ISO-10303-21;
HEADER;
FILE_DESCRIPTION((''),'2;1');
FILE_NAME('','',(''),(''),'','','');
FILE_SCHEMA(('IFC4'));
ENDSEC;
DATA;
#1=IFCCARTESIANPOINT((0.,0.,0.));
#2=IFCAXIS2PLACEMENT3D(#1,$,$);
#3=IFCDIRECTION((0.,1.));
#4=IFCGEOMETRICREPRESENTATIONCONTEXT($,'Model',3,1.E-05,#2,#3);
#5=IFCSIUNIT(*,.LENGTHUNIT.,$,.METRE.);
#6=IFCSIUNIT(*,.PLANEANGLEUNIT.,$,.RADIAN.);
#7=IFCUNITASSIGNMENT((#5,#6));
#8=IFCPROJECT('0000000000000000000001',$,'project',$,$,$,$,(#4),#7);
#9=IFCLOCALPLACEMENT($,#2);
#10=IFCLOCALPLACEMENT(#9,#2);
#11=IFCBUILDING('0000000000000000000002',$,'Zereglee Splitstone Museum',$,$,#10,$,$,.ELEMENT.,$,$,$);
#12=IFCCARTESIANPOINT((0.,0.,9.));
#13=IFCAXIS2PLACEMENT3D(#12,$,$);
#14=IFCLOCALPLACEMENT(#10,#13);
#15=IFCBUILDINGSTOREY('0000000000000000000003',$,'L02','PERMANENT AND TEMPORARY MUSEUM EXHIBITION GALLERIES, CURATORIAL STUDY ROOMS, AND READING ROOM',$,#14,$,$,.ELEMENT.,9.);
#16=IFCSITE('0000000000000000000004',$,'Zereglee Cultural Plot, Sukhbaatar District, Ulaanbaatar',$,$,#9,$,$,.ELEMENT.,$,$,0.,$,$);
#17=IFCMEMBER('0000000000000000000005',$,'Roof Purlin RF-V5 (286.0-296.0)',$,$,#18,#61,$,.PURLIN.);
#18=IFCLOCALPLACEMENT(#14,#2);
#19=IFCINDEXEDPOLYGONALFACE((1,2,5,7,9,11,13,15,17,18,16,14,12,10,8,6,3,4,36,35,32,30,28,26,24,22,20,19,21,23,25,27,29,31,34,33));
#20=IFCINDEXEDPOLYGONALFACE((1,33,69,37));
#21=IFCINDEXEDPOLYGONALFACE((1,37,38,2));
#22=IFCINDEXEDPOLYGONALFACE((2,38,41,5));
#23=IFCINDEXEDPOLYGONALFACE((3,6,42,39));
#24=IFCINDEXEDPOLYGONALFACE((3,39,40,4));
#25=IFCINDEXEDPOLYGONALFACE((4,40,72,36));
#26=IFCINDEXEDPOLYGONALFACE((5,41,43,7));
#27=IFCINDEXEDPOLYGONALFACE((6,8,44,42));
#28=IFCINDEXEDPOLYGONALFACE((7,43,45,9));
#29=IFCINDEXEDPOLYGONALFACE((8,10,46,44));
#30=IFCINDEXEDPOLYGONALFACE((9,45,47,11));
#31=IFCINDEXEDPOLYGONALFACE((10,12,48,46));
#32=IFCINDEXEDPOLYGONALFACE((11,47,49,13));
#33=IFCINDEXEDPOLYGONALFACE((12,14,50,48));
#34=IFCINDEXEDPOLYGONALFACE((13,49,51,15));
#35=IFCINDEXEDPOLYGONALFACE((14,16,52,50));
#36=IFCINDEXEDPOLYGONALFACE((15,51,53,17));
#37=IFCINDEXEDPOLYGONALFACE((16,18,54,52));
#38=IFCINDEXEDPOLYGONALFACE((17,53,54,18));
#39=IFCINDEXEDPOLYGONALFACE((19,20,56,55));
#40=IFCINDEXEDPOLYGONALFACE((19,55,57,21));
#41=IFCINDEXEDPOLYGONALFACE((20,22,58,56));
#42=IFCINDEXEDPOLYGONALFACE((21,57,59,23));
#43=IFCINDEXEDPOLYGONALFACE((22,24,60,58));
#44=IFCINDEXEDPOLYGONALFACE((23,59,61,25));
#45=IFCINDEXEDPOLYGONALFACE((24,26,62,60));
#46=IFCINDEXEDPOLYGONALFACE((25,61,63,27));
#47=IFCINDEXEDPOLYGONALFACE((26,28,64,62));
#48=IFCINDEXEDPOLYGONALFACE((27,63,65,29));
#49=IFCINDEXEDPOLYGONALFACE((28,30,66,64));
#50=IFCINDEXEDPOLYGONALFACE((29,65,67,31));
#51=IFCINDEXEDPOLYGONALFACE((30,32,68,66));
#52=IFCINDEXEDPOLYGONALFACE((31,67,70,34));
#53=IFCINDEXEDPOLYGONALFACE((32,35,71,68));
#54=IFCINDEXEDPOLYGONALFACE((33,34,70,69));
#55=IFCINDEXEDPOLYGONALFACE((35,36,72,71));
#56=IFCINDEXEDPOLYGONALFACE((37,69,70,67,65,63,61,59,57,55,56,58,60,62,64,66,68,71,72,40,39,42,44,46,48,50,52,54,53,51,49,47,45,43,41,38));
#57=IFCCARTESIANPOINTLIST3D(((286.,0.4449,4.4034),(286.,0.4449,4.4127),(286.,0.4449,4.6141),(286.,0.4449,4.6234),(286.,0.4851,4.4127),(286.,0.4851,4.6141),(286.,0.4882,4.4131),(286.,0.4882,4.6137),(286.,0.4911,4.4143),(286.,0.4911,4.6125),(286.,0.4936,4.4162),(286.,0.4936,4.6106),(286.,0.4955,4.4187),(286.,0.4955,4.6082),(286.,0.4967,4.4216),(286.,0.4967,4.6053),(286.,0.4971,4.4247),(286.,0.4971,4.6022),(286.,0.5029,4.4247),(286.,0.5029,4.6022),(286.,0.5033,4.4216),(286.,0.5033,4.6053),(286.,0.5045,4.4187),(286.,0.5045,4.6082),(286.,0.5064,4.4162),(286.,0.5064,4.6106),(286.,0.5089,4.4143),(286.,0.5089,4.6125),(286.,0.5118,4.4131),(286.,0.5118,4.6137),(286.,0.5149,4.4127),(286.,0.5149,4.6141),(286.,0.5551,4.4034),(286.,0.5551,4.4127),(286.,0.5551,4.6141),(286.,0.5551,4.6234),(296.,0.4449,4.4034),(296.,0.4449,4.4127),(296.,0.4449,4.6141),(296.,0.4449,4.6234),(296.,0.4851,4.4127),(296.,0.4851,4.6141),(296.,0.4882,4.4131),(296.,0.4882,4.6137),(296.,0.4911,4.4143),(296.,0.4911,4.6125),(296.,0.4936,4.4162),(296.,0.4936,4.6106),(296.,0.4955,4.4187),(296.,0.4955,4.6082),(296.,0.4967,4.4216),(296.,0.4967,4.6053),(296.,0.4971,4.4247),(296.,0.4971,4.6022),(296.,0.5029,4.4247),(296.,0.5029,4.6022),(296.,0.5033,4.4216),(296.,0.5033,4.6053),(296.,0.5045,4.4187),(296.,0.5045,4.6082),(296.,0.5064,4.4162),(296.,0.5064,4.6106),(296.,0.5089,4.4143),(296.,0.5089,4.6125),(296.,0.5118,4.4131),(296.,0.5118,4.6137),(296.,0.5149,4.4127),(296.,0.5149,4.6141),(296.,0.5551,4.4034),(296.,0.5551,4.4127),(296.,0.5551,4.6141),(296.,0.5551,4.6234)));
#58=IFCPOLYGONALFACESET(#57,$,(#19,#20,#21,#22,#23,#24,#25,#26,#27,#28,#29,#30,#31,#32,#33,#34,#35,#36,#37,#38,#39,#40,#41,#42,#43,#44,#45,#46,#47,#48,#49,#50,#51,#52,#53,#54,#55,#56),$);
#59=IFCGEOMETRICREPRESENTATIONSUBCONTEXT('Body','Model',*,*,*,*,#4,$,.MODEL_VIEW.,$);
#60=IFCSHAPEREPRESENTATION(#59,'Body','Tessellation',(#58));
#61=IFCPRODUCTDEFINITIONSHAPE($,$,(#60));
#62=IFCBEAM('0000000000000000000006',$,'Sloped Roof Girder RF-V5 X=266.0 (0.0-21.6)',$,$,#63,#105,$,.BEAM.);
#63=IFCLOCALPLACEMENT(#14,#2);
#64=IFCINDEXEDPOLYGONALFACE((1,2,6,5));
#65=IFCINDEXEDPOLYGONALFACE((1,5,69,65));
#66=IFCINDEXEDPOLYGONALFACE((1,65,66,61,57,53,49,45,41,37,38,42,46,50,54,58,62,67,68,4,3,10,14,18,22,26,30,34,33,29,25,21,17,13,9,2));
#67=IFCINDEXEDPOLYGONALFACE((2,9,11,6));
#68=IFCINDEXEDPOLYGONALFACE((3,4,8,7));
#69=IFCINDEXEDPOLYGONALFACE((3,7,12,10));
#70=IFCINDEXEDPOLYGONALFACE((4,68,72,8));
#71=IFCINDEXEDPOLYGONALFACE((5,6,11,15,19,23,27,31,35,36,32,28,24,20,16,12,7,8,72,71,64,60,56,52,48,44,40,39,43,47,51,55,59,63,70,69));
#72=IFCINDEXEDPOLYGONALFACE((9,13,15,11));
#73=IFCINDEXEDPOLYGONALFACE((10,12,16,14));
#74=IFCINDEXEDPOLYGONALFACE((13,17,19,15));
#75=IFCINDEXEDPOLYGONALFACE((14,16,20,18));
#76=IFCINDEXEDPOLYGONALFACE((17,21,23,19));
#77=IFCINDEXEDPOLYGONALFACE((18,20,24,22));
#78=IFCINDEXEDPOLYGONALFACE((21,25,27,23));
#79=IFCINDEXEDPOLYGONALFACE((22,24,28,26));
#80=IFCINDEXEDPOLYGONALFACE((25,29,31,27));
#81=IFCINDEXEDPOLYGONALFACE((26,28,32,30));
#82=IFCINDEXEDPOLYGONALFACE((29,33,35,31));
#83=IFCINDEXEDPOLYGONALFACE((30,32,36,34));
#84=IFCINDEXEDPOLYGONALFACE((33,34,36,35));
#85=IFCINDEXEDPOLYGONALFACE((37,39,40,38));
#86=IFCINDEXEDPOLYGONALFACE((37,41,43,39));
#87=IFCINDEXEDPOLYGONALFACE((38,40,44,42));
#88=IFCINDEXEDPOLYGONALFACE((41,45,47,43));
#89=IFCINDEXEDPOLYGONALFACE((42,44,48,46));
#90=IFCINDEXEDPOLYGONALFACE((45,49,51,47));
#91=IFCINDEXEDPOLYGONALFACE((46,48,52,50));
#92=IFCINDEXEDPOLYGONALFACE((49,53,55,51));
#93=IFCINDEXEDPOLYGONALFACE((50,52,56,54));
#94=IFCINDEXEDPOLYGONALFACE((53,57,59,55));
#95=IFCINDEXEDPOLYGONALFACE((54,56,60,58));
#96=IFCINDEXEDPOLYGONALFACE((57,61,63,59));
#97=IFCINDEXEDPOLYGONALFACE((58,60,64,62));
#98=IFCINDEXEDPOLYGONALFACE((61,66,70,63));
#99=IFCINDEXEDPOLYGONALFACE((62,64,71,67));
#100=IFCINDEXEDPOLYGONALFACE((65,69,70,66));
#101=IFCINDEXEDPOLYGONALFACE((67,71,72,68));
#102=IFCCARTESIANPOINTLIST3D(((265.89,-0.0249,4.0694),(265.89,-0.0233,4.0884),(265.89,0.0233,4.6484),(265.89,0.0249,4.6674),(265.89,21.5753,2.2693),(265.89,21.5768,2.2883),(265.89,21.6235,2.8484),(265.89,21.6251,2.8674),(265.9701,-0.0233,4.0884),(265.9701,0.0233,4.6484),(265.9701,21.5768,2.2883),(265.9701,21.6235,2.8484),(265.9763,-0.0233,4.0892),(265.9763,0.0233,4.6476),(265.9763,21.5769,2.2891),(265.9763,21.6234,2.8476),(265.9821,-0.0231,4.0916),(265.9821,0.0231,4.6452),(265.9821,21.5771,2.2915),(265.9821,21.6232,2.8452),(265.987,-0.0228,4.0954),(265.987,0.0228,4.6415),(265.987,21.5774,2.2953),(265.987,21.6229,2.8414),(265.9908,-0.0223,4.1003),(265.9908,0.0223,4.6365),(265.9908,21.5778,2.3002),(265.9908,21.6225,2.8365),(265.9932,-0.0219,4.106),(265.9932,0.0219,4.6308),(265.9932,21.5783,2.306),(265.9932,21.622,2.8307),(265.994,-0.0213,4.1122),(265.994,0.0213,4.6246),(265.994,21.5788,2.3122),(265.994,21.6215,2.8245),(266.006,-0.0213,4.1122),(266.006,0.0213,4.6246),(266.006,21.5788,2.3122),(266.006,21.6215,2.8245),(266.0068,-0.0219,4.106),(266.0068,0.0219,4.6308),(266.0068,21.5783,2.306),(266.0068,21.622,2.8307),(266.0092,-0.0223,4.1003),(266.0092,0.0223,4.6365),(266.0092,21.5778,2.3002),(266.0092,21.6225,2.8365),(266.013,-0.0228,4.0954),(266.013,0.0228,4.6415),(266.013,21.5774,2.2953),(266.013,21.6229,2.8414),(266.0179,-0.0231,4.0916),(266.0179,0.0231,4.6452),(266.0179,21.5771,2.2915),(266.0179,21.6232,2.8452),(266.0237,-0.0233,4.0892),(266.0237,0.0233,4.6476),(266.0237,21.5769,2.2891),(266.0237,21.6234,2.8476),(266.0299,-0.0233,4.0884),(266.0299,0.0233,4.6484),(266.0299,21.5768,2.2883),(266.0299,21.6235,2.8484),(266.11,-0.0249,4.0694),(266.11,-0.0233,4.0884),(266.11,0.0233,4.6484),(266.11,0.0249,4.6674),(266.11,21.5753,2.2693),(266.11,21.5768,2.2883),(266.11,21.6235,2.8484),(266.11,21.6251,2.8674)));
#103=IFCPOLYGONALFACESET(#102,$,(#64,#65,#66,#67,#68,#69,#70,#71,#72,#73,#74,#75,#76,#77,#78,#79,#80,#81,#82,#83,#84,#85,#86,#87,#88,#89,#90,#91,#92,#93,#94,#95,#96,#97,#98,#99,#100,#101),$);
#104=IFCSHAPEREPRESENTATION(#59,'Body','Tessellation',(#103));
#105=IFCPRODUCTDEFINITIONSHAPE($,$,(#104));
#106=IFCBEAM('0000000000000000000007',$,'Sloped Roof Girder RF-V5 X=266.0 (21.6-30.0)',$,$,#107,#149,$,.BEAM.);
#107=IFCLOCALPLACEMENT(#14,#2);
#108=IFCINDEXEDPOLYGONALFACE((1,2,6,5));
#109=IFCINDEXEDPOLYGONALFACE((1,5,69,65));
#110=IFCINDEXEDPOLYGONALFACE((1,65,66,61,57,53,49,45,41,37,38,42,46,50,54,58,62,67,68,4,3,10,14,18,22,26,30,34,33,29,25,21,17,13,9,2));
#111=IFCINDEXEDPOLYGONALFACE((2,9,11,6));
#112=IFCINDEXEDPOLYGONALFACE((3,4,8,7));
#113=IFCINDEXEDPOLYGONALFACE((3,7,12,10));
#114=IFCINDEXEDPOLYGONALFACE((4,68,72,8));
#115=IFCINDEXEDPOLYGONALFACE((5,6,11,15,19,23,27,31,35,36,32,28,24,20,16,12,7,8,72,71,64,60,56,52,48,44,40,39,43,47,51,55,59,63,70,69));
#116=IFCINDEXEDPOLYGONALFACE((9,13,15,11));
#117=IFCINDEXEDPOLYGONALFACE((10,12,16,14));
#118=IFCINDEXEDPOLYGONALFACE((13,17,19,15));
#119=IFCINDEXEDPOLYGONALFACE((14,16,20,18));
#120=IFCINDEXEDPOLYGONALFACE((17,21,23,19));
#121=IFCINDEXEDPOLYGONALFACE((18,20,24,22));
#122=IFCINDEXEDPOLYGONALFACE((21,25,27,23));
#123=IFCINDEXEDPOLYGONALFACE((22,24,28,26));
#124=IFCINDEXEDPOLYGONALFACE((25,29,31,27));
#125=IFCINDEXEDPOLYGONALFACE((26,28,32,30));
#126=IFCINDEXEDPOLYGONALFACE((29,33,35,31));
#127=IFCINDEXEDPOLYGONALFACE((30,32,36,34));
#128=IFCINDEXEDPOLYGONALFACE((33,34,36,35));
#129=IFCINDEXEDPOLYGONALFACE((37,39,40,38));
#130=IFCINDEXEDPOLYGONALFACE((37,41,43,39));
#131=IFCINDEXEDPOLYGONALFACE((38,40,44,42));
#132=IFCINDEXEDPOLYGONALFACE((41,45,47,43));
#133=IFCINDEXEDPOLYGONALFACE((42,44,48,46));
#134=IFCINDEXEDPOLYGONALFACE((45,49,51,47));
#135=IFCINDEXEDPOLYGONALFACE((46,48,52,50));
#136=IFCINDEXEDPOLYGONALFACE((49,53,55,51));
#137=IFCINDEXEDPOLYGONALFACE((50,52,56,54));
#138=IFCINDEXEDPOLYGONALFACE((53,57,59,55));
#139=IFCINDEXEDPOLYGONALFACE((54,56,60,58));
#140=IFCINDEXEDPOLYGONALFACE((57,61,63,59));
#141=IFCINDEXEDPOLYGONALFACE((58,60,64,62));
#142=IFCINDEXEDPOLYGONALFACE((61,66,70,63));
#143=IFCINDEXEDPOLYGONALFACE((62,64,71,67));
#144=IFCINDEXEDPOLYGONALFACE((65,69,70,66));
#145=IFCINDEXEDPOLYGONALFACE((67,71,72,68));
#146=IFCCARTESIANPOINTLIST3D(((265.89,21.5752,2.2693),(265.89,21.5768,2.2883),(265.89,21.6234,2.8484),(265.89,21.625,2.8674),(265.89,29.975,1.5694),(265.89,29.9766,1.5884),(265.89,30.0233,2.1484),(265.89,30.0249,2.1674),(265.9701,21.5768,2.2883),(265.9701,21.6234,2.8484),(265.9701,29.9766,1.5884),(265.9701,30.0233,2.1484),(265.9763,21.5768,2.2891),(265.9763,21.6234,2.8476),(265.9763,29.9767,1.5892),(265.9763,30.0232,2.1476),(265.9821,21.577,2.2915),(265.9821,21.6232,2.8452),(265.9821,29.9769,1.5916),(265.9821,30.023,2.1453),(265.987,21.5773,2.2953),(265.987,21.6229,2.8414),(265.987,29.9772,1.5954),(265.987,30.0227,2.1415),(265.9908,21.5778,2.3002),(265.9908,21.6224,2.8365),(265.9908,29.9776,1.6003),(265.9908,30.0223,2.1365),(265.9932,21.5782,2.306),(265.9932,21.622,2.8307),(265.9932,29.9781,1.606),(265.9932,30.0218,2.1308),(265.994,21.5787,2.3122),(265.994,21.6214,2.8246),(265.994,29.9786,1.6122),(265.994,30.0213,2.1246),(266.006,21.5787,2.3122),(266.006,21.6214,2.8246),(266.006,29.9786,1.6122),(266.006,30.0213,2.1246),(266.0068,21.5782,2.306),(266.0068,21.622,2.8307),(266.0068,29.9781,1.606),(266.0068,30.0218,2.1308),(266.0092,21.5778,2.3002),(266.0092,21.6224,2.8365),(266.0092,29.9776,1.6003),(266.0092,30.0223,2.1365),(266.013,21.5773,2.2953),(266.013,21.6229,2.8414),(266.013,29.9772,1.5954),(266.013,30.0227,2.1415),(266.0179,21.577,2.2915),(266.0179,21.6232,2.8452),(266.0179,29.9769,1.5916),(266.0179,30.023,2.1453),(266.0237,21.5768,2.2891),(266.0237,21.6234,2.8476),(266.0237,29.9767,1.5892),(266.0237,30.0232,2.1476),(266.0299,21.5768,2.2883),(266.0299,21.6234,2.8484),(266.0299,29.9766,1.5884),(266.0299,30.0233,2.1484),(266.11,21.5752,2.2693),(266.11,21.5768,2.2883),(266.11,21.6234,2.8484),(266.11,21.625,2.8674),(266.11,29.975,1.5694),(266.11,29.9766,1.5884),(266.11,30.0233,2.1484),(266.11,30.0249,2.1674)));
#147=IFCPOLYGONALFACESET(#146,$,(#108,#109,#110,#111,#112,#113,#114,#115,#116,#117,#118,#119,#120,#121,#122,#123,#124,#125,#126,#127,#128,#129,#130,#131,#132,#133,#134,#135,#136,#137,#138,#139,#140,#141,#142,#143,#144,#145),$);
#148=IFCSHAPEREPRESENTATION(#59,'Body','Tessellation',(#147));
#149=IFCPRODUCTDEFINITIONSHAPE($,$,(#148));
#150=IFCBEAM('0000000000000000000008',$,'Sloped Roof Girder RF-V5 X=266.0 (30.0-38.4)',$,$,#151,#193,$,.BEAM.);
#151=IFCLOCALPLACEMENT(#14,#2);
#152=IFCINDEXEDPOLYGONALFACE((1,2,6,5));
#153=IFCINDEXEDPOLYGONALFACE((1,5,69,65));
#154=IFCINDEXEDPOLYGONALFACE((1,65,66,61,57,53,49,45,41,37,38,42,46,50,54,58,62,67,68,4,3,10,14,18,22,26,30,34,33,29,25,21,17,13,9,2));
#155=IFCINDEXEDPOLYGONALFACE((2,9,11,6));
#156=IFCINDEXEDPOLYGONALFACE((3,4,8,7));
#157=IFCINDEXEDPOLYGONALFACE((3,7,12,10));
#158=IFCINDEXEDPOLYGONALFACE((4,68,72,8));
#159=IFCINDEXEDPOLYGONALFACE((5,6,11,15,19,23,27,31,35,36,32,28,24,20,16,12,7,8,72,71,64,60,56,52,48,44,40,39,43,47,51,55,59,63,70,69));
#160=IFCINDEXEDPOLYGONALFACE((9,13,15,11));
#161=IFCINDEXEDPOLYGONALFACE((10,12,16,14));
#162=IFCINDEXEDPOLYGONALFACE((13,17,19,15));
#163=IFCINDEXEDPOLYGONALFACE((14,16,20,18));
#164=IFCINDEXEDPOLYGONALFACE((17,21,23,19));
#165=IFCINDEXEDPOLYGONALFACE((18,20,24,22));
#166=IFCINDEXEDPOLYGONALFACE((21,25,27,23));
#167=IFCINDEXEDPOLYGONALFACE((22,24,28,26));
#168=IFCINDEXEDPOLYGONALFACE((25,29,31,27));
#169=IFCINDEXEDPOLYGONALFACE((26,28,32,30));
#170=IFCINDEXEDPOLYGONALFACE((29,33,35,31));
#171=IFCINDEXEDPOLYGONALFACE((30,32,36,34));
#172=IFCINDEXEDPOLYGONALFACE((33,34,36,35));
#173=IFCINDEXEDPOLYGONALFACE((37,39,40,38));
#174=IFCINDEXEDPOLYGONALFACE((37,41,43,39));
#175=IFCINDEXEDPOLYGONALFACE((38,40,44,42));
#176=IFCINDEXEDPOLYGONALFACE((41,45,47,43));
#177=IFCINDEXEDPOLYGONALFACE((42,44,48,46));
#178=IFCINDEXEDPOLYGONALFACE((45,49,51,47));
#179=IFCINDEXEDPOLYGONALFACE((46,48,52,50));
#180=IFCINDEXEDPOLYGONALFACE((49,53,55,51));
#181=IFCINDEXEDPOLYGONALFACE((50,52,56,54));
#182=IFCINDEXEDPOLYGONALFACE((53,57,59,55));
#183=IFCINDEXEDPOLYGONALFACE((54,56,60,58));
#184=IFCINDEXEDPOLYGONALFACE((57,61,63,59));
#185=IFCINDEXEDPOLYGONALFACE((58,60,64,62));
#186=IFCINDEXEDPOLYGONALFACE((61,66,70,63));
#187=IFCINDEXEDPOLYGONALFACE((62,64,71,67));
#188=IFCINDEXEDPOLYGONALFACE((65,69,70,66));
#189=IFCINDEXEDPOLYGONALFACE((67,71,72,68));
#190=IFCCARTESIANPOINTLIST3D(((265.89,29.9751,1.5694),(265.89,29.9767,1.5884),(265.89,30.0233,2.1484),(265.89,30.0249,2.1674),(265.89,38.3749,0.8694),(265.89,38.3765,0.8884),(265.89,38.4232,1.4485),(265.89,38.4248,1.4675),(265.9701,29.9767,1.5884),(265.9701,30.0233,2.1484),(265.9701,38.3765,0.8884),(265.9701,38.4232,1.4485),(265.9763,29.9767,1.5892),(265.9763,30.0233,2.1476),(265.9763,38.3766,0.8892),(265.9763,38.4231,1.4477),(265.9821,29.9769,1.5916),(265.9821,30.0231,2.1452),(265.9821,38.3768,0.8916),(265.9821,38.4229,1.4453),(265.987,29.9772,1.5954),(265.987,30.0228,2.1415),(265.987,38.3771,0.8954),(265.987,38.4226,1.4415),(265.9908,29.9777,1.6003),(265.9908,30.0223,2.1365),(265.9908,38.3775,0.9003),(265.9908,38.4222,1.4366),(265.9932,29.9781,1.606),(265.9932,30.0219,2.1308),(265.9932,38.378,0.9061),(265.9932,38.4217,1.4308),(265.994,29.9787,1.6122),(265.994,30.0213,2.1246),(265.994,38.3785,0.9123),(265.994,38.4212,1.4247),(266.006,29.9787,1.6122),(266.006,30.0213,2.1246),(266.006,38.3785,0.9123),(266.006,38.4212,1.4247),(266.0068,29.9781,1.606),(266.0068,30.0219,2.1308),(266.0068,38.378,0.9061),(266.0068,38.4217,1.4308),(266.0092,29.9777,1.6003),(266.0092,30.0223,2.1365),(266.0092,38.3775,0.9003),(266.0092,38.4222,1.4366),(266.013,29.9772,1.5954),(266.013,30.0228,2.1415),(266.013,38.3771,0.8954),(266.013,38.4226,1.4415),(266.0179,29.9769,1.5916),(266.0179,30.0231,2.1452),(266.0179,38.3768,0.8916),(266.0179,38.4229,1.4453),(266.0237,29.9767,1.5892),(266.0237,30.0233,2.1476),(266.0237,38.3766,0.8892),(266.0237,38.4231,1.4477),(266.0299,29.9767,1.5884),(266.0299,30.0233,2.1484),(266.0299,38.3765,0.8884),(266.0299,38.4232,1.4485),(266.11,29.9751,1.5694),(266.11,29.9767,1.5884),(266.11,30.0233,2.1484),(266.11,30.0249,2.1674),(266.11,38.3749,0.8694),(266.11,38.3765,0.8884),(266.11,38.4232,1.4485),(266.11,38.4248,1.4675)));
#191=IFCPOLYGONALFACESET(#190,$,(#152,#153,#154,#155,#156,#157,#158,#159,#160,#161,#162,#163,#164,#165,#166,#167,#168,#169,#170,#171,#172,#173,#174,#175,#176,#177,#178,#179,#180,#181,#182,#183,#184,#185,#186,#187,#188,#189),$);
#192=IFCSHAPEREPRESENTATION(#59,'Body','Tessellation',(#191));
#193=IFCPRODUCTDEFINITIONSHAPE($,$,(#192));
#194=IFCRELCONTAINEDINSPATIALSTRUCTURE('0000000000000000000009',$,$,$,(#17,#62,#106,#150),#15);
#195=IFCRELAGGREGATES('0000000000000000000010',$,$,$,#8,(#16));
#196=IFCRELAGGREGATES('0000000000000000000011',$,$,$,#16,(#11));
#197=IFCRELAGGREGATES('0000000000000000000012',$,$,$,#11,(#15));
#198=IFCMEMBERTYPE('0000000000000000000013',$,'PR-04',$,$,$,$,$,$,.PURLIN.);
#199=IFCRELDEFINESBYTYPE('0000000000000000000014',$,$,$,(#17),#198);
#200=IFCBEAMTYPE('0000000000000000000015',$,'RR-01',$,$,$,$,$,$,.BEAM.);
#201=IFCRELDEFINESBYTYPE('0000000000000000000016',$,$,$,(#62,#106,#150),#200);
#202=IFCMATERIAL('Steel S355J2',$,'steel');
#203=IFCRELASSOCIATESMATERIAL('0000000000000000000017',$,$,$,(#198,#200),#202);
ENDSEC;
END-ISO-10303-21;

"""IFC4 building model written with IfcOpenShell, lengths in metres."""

from ifc_helpers import new_model, si_unit, direction, frame, origin, origin_2d, place, context, subcontext, project, spatial, i_section, extrude, material, material_profile, profile_set, type_object, element, save


model = new_model("IFC4")

# Units and contexts
model_context = context("Model", 3, precision=1e-05, world=origin(), true_north=direction((0.0, 1.0)))
body_context = subcontext(model_context, "Body", "Model", "MODEL_VIEW")
ifc_project = project(units=[si_unit("LENGTHUNIT", "METRE"), si_unit("PLANEANGLEUNIT", "RADIAN")], contexts=[model_context])

# Site, building, storey
site_placement = place(None, origin())
site = spatial("IfcSite", under=ifc_project, at=site_placement, Name="Zereglee Cultural Plot, Sukhbaatar District, Ulaanbaatar", CompositionType="ELEMENT", RefElevation=0.0)
building_placement = place(site_placement, origin())
building = spatial("IfcBuilding", under=site, at=building_placement, Name="Zereglee Splitstone Museum", CompositionType="ELEMENT")
storey_placement = place(building_placement, frame((0.0, 0.0, 9.0)))
storey = spatial("IfcBuildingStorey", under=building, at=storey_placement, Name="L02", Description="PERMANENT AND TEMPORARY MUSEUM EXHIBITION GALLERIES, CURATORIAL STUDY ROOMS, AND READING ROOM", CompositionType="ELEMENT", Elevation=9.0)

# Shared definitions
ifc_material_1 = material(Name="Steel S355J2", Category="steel")

# Member
ifc_material_profile_1 = material_profile(ifc_material_1, i_section(OverallWidth=0.1101, OverallDepth=0.22, WebThickness=0.0059, FlangeThickness=0.0093, FilletRadius=0.012, at=origin_2d()), Name="IPE 220")
ifc_profile_set_1 = profile_set([ifc_material_profile_1], Name="Steel S355J2")
member_type = type_object("IfcMemberType", Name="PR-04", PredefinedType="PURLIN", material=ifc_profile_set_1)
for number, where, z_axis, x_axis, name in (
    (1, (286.0, 0.5, 4.5134), (1.0, 0.0, 0.0), (0.0, 1.0, 0.0), "Roof Purlin RF-V5 (286.0-296.0)"),
):
    element("IfcMember", number, at=place(storey_placement, frame(where, z_axis=z_axis, x_axis=x_axis)), inside=storey, type_object=member_type, Name=name, PredefinedType="PURLIN", context=body_context, shape_type="SweptSolid", body=[
        extrude(i_section(OverallWidth=0.1101, OverallDepth=0.22, WebThickness=0.0059, FlangeThickness=0.0093, FilletRadius=0.012, at=origin_2d()), origin(), (0.0, 0.0, 1.0), 10.0),
    ])

# Beams
ifc_material_profile_2 = material_profile(ifc_material_1, i_section(OverallWidth=0.22, OverallDepth=0.6001, WebThickness=0.012, FlangeThickness=0.019, FilletRadius=0.0239, at=origin_2d()), Name="IPE 600")
ifc_profile_set_2 = profile_set([ifc_material_profile_2], Name="Steel S355J2")
beam_type_1 = type_object("IfcBeamType", Name="RR-01", PredefinedType="BEAM", material=ifc_profile_set_2)
beam_1_placement = place(storey_placement, frame((266.0, 0.0, 4.3684), z_axis=(0.0, 0.996546, -0.083047), x_axis=(-1.0, 0.0, 0.0)))
element("IfcBeam", 2, at=beam_1_placement, inside=storey, type_object=beam_type_1, Name="Sloped Roof Girder RF-V5 X=266.0 (0.0-21.6)", PredefinedType="BEAM", context=body_context, shape_type="SweptSolid", body=[
    extrude(i_section(OverallWidth=0.22, OverallDepth=0.6001, WebThickness=0.012, FlangeThickness=0.019, FilletRadius=0.0239, at=origin_2d()), origin(), (0.0, 0.0, 1.0), 21.675),
])
for number, where, z_axis, x_axis, name in (
    (3, (266.0, 21.6001, 2.5684), (0.0, 0.996546, -0.083041), (-1.0, 0.0, 0.0), "Sloped Roof Girder RF-V5 X=266.0 (21.6-30.0)"),
    (4, (266.0, 30.0, 1.8684), (0.0, 0.996546, -0.083041), (-1.0, 0.0, 0.0), "Sloped Roof Girder RF-V5 X=266.0 (30.0-38.4)"),
):
    element("IfcBeam", number, at=place(storey_placement, frame(where, z_axis=z_axis, x_axis=x_axis)), inside=storey, type_object=beam_type_1, Name=name, PredefinedType="BEAM", context=body_context, shape_type="SweptSolid", body=[
        extrude(i_section(OverallWidth=0.22, OverallDepth=0.6001, WebThickness=0.012, FlangeThickness=0.019, FilletRadius=0.0239, at=origin_2d()), origin(), (0.0, 0.0, 1.0), 8.429),
    ])

save(model, "model.ifc")
